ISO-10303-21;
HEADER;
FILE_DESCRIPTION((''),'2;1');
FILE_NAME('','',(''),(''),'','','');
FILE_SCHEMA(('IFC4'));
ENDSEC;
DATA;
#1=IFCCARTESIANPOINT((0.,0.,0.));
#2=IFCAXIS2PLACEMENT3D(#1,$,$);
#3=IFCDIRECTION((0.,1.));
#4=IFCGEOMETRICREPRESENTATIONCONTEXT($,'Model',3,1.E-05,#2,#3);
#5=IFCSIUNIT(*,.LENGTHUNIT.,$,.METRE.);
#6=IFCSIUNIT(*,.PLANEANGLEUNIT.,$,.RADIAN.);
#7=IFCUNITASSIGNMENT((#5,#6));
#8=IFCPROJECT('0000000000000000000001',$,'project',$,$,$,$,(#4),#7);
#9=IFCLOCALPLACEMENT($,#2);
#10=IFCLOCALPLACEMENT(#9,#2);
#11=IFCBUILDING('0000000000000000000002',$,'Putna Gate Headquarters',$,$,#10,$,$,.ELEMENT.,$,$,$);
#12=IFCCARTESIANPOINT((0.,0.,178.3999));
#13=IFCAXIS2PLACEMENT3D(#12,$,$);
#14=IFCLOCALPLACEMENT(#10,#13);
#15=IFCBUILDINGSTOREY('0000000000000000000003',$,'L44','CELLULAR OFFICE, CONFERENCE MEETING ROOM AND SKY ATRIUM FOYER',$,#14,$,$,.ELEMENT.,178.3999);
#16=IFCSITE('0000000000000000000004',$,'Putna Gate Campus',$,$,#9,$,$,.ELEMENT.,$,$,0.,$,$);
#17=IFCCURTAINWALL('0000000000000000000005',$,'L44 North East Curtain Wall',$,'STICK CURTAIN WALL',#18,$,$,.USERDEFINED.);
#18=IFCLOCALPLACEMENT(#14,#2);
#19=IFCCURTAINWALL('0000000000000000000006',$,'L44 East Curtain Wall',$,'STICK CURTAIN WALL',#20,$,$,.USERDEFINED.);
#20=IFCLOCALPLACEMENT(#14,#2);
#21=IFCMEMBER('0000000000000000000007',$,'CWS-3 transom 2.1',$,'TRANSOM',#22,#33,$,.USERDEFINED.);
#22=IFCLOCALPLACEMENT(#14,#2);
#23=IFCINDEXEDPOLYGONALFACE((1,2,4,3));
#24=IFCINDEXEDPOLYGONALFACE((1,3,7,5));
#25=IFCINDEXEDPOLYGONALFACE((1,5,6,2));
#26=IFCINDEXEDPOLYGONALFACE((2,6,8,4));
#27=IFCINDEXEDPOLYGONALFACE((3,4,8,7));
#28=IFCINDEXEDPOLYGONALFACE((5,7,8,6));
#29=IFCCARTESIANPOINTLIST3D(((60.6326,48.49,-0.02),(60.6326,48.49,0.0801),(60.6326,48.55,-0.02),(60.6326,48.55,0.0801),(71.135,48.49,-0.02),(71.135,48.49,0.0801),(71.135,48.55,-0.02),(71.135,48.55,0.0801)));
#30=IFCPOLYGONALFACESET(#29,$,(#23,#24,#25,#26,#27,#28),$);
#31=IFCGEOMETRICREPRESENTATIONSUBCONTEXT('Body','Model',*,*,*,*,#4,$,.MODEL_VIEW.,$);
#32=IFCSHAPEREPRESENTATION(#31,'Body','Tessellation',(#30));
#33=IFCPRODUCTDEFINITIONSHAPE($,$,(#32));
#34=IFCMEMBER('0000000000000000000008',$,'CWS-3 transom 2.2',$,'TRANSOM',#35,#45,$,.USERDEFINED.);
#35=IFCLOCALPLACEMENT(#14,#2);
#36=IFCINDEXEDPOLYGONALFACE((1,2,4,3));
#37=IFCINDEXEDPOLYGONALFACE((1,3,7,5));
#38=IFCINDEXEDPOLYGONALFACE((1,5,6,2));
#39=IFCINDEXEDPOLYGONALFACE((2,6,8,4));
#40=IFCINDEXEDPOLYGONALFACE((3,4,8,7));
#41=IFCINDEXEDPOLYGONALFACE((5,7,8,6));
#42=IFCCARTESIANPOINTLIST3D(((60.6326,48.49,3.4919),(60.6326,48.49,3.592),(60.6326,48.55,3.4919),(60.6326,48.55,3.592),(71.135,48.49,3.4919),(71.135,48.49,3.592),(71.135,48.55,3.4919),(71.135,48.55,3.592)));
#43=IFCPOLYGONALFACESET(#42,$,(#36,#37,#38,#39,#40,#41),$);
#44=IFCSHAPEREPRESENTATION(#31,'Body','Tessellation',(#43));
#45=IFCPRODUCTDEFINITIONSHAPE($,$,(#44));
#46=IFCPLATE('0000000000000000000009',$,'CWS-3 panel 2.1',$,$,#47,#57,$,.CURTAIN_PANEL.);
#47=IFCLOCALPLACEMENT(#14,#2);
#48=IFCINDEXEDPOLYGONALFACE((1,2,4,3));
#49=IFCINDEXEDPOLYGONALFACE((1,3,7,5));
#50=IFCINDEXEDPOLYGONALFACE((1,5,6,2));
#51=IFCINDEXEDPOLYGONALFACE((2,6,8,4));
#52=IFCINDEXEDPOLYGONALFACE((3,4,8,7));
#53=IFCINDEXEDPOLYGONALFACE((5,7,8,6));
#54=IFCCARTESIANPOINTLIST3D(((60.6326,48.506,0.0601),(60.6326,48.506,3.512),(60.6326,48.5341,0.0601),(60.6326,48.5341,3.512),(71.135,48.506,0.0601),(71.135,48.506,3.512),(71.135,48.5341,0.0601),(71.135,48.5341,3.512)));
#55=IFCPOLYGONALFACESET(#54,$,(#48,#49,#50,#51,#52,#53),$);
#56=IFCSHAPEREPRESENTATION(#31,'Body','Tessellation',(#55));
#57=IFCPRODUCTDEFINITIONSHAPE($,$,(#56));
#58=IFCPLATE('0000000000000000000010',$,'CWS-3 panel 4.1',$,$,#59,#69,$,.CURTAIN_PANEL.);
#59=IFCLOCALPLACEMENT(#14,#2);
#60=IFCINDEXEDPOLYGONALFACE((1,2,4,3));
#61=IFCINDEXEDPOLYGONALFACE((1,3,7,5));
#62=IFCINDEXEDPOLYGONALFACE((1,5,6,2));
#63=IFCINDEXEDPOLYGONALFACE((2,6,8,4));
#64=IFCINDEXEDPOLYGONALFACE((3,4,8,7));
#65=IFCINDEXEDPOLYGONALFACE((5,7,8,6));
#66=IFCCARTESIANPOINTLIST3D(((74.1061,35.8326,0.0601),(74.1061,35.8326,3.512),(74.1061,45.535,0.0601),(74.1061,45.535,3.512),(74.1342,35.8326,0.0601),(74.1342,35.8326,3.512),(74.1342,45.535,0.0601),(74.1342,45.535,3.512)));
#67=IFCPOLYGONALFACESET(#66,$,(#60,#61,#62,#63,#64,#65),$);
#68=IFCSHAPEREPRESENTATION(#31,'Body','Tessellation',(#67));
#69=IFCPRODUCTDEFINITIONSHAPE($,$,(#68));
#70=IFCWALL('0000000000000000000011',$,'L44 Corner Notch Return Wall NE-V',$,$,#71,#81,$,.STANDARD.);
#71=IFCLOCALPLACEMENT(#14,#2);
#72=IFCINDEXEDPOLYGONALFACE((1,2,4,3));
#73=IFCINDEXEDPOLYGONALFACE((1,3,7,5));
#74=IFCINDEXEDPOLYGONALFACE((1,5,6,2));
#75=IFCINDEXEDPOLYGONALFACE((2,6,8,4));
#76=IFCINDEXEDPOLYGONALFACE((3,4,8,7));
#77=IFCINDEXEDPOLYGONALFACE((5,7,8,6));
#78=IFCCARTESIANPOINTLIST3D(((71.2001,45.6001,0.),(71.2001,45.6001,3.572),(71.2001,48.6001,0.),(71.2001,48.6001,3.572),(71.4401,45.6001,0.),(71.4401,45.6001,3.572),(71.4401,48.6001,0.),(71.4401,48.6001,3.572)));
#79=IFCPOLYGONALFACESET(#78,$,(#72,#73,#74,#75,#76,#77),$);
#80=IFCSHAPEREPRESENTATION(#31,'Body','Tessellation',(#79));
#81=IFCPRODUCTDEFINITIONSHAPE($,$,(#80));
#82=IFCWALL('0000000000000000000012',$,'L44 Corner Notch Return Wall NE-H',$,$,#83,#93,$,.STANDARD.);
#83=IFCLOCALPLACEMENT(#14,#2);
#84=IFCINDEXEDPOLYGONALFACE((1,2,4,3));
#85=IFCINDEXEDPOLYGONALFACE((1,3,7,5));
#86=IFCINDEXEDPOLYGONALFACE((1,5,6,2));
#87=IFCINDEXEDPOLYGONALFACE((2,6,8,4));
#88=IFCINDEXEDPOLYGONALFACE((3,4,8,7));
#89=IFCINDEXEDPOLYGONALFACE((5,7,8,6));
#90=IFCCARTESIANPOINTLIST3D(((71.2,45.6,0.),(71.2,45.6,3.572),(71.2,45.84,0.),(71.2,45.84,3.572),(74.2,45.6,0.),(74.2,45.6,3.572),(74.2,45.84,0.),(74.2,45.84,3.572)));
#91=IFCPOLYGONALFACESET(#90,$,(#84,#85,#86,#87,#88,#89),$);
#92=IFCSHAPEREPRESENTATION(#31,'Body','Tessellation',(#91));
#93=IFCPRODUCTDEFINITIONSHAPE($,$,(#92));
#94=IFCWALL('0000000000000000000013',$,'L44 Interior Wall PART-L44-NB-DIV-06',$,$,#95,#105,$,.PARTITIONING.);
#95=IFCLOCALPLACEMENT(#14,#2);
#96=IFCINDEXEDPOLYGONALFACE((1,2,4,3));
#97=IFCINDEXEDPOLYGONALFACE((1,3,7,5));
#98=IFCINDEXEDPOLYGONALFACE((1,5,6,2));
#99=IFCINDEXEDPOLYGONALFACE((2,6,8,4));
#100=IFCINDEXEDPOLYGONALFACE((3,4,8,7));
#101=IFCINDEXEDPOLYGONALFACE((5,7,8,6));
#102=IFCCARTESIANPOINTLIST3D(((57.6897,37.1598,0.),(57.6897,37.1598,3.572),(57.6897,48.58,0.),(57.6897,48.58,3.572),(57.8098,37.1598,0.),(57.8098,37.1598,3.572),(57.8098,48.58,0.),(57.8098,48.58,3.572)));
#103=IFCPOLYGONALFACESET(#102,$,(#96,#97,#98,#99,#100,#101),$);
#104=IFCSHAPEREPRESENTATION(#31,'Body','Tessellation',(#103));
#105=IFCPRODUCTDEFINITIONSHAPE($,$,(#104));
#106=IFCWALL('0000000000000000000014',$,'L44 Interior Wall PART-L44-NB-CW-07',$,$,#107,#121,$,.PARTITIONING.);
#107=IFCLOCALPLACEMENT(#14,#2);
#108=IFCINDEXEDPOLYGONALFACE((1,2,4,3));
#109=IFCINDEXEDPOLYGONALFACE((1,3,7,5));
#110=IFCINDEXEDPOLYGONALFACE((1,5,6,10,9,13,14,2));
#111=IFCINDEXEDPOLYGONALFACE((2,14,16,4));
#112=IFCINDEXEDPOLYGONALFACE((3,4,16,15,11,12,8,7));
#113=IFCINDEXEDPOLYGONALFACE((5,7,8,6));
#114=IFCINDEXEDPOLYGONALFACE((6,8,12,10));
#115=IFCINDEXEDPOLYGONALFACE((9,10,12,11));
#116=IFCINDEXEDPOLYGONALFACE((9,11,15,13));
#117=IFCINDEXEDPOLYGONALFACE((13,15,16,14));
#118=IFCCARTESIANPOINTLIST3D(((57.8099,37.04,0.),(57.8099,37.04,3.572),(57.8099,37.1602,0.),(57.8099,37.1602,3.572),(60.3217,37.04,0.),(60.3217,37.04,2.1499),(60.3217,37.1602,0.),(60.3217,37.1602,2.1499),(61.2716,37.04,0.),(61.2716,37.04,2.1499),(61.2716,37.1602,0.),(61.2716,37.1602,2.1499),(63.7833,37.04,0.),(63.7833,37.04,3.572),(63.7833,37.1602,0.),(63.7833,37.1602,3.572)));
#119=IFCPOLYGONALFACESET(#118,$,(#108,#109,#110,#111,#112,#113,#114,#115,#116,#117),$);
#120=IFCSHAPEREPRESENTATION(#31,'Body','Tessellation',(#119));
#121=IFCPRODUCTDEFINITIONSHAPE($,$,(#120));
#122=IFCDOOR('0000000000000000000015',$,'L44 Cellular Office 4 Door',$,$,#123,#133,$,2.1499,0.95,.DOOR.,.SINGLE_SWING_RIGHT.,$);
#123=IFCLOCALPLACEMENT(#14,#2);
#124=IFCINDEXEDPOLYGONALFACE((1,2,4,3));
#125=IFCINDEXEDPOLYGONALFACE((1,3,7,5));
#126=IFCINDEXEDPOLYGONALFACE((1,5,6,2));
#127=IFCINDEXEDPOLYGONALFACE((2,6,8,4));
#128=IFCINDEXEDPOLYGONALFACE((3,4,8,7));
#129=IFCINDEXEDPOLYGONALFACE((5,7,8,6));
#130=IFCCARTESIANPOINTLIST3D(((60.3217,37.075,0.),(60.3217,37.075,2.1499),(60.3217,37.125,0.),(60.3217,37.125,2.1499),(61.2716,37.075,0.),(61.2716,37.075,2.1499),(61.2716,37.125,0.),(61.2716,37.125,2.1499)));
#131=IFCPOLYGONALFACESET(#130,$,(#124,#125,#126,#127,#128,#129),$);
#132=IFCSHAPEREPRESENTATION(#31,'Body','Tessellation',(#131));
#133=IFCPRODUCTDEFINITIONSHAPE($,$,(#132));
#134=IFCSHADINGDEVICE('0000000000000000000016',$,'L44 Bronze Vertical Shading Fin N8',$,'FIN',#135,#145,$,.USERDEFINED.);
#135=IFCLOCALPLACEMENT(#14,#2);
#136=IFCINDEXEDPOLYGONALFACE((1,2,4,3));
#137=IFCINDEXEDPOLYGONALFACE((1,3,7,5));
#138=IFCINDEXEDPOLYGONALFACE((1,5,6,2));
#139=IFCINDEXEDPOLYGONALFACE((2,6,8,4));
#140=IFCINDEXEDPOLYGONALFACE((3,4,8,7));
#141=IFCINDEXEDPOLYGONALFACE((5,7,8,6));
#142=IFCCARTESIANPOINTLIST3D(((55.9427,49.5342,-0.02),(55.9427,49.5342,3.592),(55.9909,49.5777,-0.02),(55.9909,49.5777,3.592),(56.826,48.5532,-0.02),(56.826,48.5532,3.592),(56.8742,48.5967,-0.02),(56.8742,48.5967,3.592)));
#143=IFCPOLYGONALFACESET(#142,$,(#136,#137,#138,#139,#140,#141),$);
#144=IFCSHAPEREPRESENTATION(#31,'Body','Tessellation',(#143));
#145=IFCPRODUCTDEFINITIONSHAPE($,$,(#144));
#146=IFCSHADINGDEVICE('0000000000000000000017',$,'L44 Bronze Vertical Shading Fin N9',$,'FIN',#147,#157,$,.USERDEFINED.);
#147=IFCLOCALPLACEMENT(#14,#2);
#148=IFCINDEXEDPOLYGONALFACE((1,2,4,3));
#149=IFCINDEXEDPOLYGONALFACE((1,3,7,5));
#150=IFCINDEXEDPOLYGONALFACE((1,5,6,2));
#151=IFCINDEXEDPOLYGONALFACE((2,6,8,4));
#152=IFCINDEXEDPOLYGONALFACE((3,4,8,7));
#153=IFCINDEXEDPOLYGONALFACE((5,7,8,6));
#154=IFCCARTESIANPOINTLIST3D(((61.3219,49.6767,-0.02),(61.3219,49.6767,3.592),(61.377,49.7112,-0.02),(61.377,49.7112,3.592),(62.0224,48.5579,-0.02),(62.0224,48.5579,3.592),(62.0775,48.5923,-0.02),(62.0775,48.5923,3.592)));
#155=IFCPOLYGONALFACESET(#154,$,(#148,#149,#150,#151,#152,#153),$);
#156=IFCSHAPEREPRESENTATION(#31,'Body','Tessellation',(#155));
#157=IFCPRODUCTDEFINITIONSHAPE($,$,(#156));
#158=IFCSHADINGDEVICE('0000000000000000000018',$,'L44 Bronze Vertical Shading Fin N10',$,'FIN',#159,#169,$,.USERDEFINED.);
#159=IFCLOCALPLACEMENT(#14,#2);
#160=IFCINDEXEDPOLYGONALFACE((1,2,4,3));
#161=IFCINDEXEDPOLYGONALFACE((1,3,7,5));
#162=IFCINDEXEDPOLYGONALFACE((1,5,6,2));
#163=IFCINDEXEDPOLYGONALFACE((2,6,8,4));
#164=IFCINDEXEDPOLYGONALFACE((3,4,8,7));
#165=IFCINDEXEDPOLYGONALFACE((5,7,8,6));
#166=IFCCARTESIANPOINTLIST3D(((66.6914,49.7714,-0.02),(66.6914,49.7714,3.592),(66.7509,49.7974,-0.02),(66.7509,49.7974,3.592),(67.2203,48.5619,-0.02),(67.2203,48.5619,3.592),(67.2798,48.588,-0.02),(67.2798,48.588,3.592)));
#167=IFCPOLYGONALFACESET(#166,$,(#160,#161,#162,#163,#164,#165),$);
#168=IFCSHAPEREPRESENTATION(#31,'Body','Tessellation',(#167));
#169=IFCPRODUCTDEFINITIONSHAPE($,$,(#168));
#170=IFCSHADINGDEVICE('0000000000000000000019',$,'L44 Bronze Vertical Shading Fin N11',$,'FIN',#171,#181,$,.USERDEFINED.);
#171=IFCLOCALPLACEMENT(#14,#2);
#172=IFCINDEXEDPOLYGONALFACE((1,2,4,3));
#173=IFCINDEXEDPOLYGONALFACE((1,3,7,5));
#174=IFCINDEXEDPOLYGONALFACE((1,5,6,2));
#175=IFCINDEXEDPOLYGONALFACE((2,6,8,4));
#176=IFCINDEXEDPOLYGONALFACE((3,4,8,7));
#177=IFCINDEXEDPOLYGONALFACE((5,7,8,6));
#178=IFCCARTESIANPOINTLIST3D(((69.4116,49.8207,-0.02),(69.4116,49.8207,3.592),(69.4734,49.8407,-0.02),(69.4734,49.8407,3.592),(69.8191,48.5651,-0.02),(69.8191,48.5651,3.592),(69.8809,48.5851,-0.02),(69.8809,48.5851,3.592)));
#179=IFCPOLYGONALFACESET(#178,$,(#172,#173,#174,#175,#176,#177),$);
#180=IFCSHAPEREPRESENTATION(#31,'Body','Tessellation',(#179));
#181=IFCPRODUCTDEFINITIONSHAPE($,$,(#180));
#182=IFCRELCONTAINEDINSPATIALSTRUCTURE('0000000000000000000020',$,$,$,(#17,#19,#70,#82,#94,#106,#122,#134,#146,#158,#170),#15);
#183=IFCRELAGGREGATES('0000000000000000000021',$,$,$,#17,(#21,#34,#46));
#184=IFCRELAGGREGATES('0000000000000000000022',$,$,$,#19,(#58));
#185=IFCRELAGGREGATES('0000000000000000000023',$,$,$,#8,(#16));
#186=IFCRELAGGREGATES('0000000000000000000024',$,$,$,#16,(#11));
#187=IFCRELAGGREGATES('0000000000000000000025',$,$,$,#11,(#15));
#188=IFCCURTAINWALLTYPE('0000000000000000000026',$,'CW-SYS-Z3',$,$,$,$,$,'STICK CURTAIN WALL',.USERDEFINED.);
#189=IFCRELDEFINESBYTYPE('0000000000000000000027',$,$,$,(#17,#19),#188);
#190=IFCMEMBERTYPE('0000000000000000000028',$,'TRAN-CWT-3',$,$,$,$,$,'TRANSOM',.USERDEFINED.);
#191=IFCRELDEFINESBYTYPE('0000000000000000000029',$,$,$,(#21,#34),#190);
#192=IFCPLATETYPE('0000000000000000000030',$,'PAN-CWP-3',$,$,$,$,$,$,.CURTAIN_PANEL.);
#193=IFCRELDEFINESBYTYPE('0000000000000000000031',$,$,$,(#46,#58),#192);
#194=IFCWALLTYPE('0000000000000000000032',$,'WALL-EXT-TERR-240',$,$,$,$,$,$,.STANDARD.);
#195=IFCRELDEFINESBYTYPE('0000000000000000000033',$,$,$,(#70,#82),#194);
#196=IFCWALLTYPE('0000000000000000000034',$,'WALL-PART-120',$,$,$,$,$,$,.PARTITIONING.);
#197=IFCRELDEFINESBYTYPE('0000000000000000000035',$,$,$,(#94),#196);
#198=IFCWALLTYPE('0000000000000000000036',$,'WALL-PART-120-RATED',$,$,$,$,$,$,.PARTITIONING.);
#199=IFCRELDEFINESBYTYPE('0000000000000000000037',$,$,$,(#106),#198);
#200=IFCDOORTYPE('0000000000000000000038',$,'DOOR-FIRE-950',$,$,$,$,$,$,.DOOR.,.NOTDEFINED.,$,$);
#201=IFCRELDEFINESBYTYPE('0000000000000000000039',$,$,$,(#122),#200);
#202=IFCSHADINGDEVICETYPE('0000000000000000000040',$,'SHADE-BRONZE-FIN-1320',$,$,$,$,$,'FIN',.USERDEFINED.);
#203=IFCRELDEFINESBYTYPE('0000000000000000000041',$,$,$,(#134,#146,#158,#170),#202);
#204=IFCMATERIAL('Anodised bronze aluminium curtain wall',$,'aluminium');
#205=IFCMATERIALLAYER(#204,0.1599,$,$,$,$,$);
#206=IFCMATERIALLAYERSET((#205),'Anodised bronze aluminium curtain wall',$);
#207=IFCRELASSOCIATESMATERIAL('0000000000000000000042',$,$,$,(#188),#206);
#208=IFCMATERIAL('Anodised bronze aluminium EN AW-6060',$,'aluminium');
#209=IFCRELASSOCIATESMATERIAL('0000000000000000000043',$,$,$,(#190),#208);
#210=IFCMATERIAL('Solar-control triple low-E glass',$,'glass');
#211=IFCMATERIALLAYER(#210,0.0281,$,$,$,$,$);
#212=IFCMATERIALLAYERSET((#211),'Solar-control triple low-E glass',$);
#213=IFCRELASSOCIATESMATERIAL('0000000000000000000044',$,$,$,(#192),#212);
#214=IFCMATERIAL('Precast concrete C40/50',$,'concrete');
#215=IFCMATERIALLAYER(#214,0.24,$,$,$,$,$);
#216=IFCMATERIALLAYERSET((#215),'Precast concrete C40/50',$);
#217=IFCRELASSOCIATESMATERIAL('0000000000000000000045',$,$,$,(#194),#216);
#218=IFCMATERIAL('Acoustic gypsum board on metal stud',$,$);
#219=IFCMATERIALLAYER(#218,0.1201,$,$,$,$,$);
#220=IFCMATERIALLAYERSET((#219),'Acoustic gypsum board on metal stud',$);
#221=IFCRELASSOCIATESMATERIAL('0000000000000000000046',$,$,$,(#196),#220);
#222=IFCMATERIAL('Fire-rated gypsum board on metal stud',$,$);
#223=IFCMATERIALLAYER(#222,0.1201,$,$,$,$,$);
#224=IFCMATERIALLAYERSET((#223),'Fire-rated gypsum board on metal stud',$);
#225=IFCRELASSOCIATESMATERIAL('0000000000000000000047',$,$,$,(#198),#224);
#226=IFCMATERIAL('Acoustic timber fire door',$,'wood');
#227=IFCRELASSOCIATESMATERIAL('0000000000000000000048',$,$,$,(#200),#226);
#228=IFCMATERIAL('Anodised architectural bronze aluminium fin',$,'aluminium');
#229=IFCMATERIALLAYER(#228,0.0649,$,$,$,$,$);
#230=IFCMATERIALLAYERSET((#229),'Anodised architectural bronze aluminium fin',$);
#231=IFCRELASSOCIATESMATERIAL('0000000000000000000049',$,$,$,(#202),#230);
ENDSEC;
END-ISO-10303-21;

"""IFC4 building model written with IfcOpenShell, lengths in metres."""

from ifc_helpers import new_model, si_unit, direction, frame, frame_2d, origin, origin_2d, place, context, subcontext, project, spatial, rectangle, extrude, material, layer, layer_set, material_profile, profile_set, type_object, element, fill, aggregate, save


model = new_model("IFC4")

# Units and contexts
model_context = context("Model", 3, precision=1e-05, world=origin(), true_north=direction((0.0, 1.0)))
body_context = subcontext(model_context, "Body", "Model", "MODEL_VIEW")
ifc_project = project(units=[si_unit("LENGTHUNIT", "METRE"), si_unit("PLANEANGLEUNIT", "RADIAN")], contexts=[model_context])

# Site, building, storey
site_placement = place(None, origin())
site = spatial("IfcSite", under=ifc_project, at=site_placement, Name="Putna Gate Campus", CompositionType="ELEMENT", RefElevation=0.0)
building_placement = place(site_placement, origin())
building = spatial("IfcBuilding", under=site, at=building_placement, Name="Putna Gate Headquarters", CompositionType="ELEMENT")
storey_placement = place(building_placement, frame((0.0, 0.0, 178.3999)))
storey = spatial("IfcBuildingStorey", under=building, at=storey_placement, Name="L44", Description="CELLULAR OFFICE, CONFERENCE MEETING ROOM AND SKY ATRIUM FOYER", CompositionType="ELEMENT", Elevation=178.3999)

# Curtain wall
ifc_material_1 = material(Name="Anodised bronze aluminium curtain wall", Category="aluminium")
ifc_layer_1 = layer(ifc_material_1, 0.1599)
ifc_layer_set_1 = layer_set([ifc_layer_1], Name="Anodised bronze aluminium curtain wall")
curtain_wall_type = type_object("IfcCurtainWallType", Name="CW-SYS-Z3", ElementType="STICK CURTAIN WALL", PredefinedType="USERDEFINED", material=ifc_layer_set_1)
curtain_wall_1_placement = place(storey_placement, origin())
curtain_wall_1 = element("IfcCurtainWall", 1, at=curtain_wall_1_placement, inside=storey, type_object=curtain_wall_type, Name="L44 North East Curtain Wall", ObjectType="STICK CURTAIN WALL", PredefinedType="USERDEFINED")
ifc_material_2 = material(Name="Anodised bronze aluminium EN AW-6060", Category="aluminium")

# Curtain wall
curtain_wall_2_placement = place(storey_placement, origin())
curtain_wall_2 = element("IfcCurtainWall", 2, at=curtain_wall_2_placement, inside=storey, type_object=curtain_wall_type, Name="L44 East Curtain Wall", ObjectType="STICK CURTAIN WALL", PredefinedType="USERDEFINED")

# Members
ifc_material_profile_1 = material_profile(ifc_material_2, rectangle(XDim=0.0601, YDim=0.1001, at=origin_2d()), Name="Anodised bronze aluminium EN AW-6060")
ifc_profile_set_1 = profile_set([ifc_material_profile_1], Name="Anodised bronze aluminium EN AW-6060")
member_type_1 = type_object("IfcMemberType", Name="TRAN-CWT-3", ElementType="TRANSOM", PredefinedType="USERDEFINED", material=ifc_profile_set_1)
member_1_placement = place(storey_placement, frame((60.6326, 48.52, 0.03), z_axis=(1.0, 0.0, 0.0), x_axis=(0.0, 1.0, 0.0)))
member_1 = element("IfcMember", 3, at=member_1_placement, type_object=member_type_1, Name="CWS-3 transom 2.1", ObjectType="TRANSOM", PredefinedType="USERDEFINED", context=body_context, shape_type="SweptSolid", body=[
    extrude(rectangle(XDim=0.0601, YDim=0.1001, at=origin_2d()), origin(), (0.0, 0.0, 1.0), 10.5024),
])
member_2_placement = place(storey_placement, frame((60.6326, 48.52, 3.542), z_axis=(1.0, 0.0, 0.0), x_axis=(0.0, 1.0, 0.0)))
member_2 = element("IfcMember", 4, at=member_2_placement, type_object=member_type_1, Name="CWS-3 transom 2.2", ObjectType="TRANSOM", PredefinedType="USERDEFINED", context=body_context, shape_type="SweptSolid", body=[
    extrude(rectangle(XDim=0.0601, YDim=0.1001, at=origin_2d()), origin(), (0.0, 0.0, 1.0), 10.5024),
])

# Plates
ifc_material_3 = material(Name="Solar-control triple low-E glass", Category="glass")
ifc_layer_2 = layer(ifc_material_3, 0.0281)
ifc_layer_set_2 = layer_set([ifc_layer_2], Name="Solar-control triple low-E glass")
plate_type = type_object("IfcPlateType", Name="PAN-CWP-3", PredefinedType="CURTAIN_PANEL", material=ifc_layer_set_2)
plate_1_placement = place(storey_placement, frame((65.8838, 48.52, 0.0601), z_axis=(0.0, 0.0, 1.0), x_axis=(1.0, 0.0, 0.0)))
plate_1 = element("IfcPlate", 5, at=plate_1_placement, type_object=plate_type, Name="CWS-3 panel 2.1", PredefinedType="CURTAIN_PANEL", context=body_context, shape_type="SweptSolid", body=[
    extrude(rectangle(XDim=10.5024, YDim=0.0281, at=origin_2d()), origin(), (0.0, 0.0, 1.0), 3.4519),
])
aggregate(curtain_wall_1, [member_1, member_2, plate_1])
plate_2_placement = place(storey_placement, frame((74.1201, 40.6838, 0.0601), z_axis=(0.0, 0.0, 1.0), x_axis=(0.0, 1.0, 0.0)))
plate_2 = element("IfcPlate", 6, at=plate_2_placement, type_object=plate_type, Name="CWS-3 panel 4.1", PredefinedType="CURTAIN_PANEL", context=body_context, shape_type="SweptSolid", body=[
    extrude(rectangle(XDim=9.7024, YDim=0.0281, at=origin_2d()), origin(), (0.0, 0.0, 1.0), 3.4519),
])
aggregate(curtain_wall_2, [plate_2])

# Walls
ifc_material_4 = material(Name="Precast concrete C40/50", Category="concrete")
ifc_layer_3 = layer(ifc_material_4, 0.24)
ifc_layer_set_3 = layer_set([ifc_layer_3], Name="Precast concrete C40/50")
wall_type_1 = type_object("IfcWallType", Name="WALL-EXT-TERR-240", PredefinedType="STANDARD", material=ifc_layer_set_3)
for number, where, z_axis, x_axis, name in (
    (7, (71.3201, 48.6001, 0.0), (0.0, 0.0, 1.0), (0.0, -1.0, 0.0), "L44 Corner Notch Return Wall NE-V"),
    (8, (71.2, 45.72, 0.0), (0.0, 0.0, 1.0), (1.0, 0.0, 0.0), "L44 Corner Notch Return Wall NE-H"),
):
    element("IfcWall", number, at=place(storey_placement, frame(where, z_axis=z_axis, x_axis=x_axis)), inside=storey, type_object=wall_type_1, Name=name, PredefinedType="STANDARD", context=body_context, shape_type="SweptSolid", body=[
        extrude(rectangle(XDim=3.0, YDim=0.24, at=frame_2d((1.5, 0.0))), origin(), (0.0, 0.0, 1.0), 3.572),
    ])
ifc_material_5 = material(Name="Acoustic gypsum board on metal stud")
ifc_layer_4 = layer(ifc_material_5, 0.1201)
ifc_layer_set_4 = layer_set([ifc_layer_4], Name="Acoustic gypsum board on metal stud")
wall_type_2 = type_object("IfcWallType", Name="WALL-PART-120", PredefinedType="PARTITIONING", material=ifc_layer_set_4)
wall_1_placement = place(storey_placement, frame((57.7498, 37.1599, 0.0), z_axis=(0.0, 0.0, 1.0), x_axis=(0.0, 1.0, 0.0)))
element("IfcWall", 9, at=wall_1_placement, inside=storey, type_object=wall_type_2, Name="L44 Interior Wall PART-L44-NB-DIV-06", PredefinedType="PARTITIONING", context=body_context, shape_type="SweptSolid", body=[
    extrude(rectangle(XDim=11.4202, YDim=0.1201, at=frame_2d((5.71, 0.0))), origin(), (0.0, 0.0, 1.0), 3.572),
])

# Wall, opening, door
ifc_material_6 = material(Name="Fire-rated gypsum board on metal stud")
ifc_layer_5 = layer(ifc_material_6, 0.1201)
ifc_layer_set_5 = layer_set([ifc_layer_5], Name="Fire-rated gypsum board on metal stud")
wall_type_3 = type_object("IfcWallType", Name="WALL-PART-120-RATED", PredefinedType="PARTITIONING", material=ifc_layer_set_5)
wall_2_placement = place(storey_placement, frame((57.8098, 37.1001, 0.0), z_axis=(0.0, 0.0, 1.0), x_axis=(1.0, 0.0, 0.0)))
wall_2 = element("IfcWall", 10, at=wall_2_placement, inside=storey, type_object=wall_type_3, Name="L44 Interior Wall PART-L44-NB-CW-07", PredefinedType="PARTITIONING", context=body_context, shape_type="SweptSolid", body=[
    extrude(rectangle(XDim=5.9734, YDim=0.1201, at=frame_2d((2.9868, 0.0))), origin(), (0.0, 0.0, 1.0), 3.572),
])
opening_placement = place(wall_2_placement, frame((2.5117, 0.0, 0.0)))
opening = element("IfcOpeningElement", 11, at=opening_placement, cuts=wall_2, PredefinedType="OPENING", context=body_context, shape_type="SweptSolid", body=[
    extrude(rectangle(XDim=0.95, YDim=2.1499, at=frame_2d((0.4751, 1.075))), frame((0.0, 0.0701, 0.0), z_axis=(0.0, -1.0, 0.0), x_axis=(1.0, 0.0, 0.0)), (0.0, 0.0, 1.0), 0.1401),
])
ifc_material_7 = material(Name="Acoustic timber fire door", Category="wood")
door_type = type_object("IfcDoorType", Name="DOOR-FIRE-950", OperationType="NOTDEFINED", PredefinedType="DOOR", material=ifc_material_7)
door_placement = place(opening_placement, origin())
door = element("IfcDoor", 12, at=door_placement, inside=storey, type_object=door_type, Name="L44 Cellular Office 4 Door", OperationType="SINGLE_SWING_RIGHT", OverallHeight=2.1499, OverallWidth=0.95, PredefinedType="DOOR", context=body_context, shape_type="SweptSolid", body=[
    extrude(rectangle(XDim=0.95, YDim=2.1499, at=frame_2d((0.4751, 1.075))), frame((0.0, 0.0249, 0.0), z_axis=(0.0, -1.0, 0.0), x_axis=(1.0, 0.0, 0.0)), (0.0, 0.0, 1.0), 0.05),
])
fill(opening, door)

# Shading devices
ifc_material_8 = material(Name="Anodised architectural bronze aluminium fin", Category="aluminium")
ifc_layer_6 = layer(ifc_material_8, 0.0649)
ifc_layer_set_6 = layer_set([ifc_layer_6], Name="Anodised architectural bronze aluminium fin")
shading_device_type = type_object("IfcShadingDeviceType", Name="SHADE-BRONZE-FIN-1320", ElementType="FIN", PredefinedType="USERDEFINED", material=ifc_layer_set_6)
for number, where, z_axis, x_axis, name in (
    (13, (56.4084, 49.0654, -0.02), (0.0, 0.0, 1.0), (-0.669131, 0.743145, 0.0), "L44 Bronze Vertical Shading Fin N8"),
    (14, (61.6997, 49.1345, -0.02), (0.0, 0.0, 1.0), (-0.530659, 0.847585, 0.0), "L44 Bronze Vertical Shading Fin N9"),
    (15, (66.9856, 49.1797, -0.02), (0.0, 0.0, 1.0), (-0.400669, 0.916223, 0.0), "L44 Bronze Vertical Shading Fin N10"),
    (16, (69.6462, 49.2029, -0.02), (0.0, 0.0, 1.0), (-0.308685, 0.951164, 0.0), "L44 Bronze Vertical Shading Fin N11"),
):
    element("IfcShadingDevice", number, at=place(storey_placement, frame(where, z_axis=z_axis, x_axis=x_axis)), inside=storey, type_object=shading_device_type, Name=name, ObjectType="FIN", PredefinedType="USERDEFINED", context=body_context, shape_type="SweptSolid", body=[
        extrude(rectangle(XDim=1.3201, YDim=0.0649, at=origin_2d()), origin(), (0.0, 0.0, 1.0), 3.6121),
    ])

save(model, "model.ifc")
